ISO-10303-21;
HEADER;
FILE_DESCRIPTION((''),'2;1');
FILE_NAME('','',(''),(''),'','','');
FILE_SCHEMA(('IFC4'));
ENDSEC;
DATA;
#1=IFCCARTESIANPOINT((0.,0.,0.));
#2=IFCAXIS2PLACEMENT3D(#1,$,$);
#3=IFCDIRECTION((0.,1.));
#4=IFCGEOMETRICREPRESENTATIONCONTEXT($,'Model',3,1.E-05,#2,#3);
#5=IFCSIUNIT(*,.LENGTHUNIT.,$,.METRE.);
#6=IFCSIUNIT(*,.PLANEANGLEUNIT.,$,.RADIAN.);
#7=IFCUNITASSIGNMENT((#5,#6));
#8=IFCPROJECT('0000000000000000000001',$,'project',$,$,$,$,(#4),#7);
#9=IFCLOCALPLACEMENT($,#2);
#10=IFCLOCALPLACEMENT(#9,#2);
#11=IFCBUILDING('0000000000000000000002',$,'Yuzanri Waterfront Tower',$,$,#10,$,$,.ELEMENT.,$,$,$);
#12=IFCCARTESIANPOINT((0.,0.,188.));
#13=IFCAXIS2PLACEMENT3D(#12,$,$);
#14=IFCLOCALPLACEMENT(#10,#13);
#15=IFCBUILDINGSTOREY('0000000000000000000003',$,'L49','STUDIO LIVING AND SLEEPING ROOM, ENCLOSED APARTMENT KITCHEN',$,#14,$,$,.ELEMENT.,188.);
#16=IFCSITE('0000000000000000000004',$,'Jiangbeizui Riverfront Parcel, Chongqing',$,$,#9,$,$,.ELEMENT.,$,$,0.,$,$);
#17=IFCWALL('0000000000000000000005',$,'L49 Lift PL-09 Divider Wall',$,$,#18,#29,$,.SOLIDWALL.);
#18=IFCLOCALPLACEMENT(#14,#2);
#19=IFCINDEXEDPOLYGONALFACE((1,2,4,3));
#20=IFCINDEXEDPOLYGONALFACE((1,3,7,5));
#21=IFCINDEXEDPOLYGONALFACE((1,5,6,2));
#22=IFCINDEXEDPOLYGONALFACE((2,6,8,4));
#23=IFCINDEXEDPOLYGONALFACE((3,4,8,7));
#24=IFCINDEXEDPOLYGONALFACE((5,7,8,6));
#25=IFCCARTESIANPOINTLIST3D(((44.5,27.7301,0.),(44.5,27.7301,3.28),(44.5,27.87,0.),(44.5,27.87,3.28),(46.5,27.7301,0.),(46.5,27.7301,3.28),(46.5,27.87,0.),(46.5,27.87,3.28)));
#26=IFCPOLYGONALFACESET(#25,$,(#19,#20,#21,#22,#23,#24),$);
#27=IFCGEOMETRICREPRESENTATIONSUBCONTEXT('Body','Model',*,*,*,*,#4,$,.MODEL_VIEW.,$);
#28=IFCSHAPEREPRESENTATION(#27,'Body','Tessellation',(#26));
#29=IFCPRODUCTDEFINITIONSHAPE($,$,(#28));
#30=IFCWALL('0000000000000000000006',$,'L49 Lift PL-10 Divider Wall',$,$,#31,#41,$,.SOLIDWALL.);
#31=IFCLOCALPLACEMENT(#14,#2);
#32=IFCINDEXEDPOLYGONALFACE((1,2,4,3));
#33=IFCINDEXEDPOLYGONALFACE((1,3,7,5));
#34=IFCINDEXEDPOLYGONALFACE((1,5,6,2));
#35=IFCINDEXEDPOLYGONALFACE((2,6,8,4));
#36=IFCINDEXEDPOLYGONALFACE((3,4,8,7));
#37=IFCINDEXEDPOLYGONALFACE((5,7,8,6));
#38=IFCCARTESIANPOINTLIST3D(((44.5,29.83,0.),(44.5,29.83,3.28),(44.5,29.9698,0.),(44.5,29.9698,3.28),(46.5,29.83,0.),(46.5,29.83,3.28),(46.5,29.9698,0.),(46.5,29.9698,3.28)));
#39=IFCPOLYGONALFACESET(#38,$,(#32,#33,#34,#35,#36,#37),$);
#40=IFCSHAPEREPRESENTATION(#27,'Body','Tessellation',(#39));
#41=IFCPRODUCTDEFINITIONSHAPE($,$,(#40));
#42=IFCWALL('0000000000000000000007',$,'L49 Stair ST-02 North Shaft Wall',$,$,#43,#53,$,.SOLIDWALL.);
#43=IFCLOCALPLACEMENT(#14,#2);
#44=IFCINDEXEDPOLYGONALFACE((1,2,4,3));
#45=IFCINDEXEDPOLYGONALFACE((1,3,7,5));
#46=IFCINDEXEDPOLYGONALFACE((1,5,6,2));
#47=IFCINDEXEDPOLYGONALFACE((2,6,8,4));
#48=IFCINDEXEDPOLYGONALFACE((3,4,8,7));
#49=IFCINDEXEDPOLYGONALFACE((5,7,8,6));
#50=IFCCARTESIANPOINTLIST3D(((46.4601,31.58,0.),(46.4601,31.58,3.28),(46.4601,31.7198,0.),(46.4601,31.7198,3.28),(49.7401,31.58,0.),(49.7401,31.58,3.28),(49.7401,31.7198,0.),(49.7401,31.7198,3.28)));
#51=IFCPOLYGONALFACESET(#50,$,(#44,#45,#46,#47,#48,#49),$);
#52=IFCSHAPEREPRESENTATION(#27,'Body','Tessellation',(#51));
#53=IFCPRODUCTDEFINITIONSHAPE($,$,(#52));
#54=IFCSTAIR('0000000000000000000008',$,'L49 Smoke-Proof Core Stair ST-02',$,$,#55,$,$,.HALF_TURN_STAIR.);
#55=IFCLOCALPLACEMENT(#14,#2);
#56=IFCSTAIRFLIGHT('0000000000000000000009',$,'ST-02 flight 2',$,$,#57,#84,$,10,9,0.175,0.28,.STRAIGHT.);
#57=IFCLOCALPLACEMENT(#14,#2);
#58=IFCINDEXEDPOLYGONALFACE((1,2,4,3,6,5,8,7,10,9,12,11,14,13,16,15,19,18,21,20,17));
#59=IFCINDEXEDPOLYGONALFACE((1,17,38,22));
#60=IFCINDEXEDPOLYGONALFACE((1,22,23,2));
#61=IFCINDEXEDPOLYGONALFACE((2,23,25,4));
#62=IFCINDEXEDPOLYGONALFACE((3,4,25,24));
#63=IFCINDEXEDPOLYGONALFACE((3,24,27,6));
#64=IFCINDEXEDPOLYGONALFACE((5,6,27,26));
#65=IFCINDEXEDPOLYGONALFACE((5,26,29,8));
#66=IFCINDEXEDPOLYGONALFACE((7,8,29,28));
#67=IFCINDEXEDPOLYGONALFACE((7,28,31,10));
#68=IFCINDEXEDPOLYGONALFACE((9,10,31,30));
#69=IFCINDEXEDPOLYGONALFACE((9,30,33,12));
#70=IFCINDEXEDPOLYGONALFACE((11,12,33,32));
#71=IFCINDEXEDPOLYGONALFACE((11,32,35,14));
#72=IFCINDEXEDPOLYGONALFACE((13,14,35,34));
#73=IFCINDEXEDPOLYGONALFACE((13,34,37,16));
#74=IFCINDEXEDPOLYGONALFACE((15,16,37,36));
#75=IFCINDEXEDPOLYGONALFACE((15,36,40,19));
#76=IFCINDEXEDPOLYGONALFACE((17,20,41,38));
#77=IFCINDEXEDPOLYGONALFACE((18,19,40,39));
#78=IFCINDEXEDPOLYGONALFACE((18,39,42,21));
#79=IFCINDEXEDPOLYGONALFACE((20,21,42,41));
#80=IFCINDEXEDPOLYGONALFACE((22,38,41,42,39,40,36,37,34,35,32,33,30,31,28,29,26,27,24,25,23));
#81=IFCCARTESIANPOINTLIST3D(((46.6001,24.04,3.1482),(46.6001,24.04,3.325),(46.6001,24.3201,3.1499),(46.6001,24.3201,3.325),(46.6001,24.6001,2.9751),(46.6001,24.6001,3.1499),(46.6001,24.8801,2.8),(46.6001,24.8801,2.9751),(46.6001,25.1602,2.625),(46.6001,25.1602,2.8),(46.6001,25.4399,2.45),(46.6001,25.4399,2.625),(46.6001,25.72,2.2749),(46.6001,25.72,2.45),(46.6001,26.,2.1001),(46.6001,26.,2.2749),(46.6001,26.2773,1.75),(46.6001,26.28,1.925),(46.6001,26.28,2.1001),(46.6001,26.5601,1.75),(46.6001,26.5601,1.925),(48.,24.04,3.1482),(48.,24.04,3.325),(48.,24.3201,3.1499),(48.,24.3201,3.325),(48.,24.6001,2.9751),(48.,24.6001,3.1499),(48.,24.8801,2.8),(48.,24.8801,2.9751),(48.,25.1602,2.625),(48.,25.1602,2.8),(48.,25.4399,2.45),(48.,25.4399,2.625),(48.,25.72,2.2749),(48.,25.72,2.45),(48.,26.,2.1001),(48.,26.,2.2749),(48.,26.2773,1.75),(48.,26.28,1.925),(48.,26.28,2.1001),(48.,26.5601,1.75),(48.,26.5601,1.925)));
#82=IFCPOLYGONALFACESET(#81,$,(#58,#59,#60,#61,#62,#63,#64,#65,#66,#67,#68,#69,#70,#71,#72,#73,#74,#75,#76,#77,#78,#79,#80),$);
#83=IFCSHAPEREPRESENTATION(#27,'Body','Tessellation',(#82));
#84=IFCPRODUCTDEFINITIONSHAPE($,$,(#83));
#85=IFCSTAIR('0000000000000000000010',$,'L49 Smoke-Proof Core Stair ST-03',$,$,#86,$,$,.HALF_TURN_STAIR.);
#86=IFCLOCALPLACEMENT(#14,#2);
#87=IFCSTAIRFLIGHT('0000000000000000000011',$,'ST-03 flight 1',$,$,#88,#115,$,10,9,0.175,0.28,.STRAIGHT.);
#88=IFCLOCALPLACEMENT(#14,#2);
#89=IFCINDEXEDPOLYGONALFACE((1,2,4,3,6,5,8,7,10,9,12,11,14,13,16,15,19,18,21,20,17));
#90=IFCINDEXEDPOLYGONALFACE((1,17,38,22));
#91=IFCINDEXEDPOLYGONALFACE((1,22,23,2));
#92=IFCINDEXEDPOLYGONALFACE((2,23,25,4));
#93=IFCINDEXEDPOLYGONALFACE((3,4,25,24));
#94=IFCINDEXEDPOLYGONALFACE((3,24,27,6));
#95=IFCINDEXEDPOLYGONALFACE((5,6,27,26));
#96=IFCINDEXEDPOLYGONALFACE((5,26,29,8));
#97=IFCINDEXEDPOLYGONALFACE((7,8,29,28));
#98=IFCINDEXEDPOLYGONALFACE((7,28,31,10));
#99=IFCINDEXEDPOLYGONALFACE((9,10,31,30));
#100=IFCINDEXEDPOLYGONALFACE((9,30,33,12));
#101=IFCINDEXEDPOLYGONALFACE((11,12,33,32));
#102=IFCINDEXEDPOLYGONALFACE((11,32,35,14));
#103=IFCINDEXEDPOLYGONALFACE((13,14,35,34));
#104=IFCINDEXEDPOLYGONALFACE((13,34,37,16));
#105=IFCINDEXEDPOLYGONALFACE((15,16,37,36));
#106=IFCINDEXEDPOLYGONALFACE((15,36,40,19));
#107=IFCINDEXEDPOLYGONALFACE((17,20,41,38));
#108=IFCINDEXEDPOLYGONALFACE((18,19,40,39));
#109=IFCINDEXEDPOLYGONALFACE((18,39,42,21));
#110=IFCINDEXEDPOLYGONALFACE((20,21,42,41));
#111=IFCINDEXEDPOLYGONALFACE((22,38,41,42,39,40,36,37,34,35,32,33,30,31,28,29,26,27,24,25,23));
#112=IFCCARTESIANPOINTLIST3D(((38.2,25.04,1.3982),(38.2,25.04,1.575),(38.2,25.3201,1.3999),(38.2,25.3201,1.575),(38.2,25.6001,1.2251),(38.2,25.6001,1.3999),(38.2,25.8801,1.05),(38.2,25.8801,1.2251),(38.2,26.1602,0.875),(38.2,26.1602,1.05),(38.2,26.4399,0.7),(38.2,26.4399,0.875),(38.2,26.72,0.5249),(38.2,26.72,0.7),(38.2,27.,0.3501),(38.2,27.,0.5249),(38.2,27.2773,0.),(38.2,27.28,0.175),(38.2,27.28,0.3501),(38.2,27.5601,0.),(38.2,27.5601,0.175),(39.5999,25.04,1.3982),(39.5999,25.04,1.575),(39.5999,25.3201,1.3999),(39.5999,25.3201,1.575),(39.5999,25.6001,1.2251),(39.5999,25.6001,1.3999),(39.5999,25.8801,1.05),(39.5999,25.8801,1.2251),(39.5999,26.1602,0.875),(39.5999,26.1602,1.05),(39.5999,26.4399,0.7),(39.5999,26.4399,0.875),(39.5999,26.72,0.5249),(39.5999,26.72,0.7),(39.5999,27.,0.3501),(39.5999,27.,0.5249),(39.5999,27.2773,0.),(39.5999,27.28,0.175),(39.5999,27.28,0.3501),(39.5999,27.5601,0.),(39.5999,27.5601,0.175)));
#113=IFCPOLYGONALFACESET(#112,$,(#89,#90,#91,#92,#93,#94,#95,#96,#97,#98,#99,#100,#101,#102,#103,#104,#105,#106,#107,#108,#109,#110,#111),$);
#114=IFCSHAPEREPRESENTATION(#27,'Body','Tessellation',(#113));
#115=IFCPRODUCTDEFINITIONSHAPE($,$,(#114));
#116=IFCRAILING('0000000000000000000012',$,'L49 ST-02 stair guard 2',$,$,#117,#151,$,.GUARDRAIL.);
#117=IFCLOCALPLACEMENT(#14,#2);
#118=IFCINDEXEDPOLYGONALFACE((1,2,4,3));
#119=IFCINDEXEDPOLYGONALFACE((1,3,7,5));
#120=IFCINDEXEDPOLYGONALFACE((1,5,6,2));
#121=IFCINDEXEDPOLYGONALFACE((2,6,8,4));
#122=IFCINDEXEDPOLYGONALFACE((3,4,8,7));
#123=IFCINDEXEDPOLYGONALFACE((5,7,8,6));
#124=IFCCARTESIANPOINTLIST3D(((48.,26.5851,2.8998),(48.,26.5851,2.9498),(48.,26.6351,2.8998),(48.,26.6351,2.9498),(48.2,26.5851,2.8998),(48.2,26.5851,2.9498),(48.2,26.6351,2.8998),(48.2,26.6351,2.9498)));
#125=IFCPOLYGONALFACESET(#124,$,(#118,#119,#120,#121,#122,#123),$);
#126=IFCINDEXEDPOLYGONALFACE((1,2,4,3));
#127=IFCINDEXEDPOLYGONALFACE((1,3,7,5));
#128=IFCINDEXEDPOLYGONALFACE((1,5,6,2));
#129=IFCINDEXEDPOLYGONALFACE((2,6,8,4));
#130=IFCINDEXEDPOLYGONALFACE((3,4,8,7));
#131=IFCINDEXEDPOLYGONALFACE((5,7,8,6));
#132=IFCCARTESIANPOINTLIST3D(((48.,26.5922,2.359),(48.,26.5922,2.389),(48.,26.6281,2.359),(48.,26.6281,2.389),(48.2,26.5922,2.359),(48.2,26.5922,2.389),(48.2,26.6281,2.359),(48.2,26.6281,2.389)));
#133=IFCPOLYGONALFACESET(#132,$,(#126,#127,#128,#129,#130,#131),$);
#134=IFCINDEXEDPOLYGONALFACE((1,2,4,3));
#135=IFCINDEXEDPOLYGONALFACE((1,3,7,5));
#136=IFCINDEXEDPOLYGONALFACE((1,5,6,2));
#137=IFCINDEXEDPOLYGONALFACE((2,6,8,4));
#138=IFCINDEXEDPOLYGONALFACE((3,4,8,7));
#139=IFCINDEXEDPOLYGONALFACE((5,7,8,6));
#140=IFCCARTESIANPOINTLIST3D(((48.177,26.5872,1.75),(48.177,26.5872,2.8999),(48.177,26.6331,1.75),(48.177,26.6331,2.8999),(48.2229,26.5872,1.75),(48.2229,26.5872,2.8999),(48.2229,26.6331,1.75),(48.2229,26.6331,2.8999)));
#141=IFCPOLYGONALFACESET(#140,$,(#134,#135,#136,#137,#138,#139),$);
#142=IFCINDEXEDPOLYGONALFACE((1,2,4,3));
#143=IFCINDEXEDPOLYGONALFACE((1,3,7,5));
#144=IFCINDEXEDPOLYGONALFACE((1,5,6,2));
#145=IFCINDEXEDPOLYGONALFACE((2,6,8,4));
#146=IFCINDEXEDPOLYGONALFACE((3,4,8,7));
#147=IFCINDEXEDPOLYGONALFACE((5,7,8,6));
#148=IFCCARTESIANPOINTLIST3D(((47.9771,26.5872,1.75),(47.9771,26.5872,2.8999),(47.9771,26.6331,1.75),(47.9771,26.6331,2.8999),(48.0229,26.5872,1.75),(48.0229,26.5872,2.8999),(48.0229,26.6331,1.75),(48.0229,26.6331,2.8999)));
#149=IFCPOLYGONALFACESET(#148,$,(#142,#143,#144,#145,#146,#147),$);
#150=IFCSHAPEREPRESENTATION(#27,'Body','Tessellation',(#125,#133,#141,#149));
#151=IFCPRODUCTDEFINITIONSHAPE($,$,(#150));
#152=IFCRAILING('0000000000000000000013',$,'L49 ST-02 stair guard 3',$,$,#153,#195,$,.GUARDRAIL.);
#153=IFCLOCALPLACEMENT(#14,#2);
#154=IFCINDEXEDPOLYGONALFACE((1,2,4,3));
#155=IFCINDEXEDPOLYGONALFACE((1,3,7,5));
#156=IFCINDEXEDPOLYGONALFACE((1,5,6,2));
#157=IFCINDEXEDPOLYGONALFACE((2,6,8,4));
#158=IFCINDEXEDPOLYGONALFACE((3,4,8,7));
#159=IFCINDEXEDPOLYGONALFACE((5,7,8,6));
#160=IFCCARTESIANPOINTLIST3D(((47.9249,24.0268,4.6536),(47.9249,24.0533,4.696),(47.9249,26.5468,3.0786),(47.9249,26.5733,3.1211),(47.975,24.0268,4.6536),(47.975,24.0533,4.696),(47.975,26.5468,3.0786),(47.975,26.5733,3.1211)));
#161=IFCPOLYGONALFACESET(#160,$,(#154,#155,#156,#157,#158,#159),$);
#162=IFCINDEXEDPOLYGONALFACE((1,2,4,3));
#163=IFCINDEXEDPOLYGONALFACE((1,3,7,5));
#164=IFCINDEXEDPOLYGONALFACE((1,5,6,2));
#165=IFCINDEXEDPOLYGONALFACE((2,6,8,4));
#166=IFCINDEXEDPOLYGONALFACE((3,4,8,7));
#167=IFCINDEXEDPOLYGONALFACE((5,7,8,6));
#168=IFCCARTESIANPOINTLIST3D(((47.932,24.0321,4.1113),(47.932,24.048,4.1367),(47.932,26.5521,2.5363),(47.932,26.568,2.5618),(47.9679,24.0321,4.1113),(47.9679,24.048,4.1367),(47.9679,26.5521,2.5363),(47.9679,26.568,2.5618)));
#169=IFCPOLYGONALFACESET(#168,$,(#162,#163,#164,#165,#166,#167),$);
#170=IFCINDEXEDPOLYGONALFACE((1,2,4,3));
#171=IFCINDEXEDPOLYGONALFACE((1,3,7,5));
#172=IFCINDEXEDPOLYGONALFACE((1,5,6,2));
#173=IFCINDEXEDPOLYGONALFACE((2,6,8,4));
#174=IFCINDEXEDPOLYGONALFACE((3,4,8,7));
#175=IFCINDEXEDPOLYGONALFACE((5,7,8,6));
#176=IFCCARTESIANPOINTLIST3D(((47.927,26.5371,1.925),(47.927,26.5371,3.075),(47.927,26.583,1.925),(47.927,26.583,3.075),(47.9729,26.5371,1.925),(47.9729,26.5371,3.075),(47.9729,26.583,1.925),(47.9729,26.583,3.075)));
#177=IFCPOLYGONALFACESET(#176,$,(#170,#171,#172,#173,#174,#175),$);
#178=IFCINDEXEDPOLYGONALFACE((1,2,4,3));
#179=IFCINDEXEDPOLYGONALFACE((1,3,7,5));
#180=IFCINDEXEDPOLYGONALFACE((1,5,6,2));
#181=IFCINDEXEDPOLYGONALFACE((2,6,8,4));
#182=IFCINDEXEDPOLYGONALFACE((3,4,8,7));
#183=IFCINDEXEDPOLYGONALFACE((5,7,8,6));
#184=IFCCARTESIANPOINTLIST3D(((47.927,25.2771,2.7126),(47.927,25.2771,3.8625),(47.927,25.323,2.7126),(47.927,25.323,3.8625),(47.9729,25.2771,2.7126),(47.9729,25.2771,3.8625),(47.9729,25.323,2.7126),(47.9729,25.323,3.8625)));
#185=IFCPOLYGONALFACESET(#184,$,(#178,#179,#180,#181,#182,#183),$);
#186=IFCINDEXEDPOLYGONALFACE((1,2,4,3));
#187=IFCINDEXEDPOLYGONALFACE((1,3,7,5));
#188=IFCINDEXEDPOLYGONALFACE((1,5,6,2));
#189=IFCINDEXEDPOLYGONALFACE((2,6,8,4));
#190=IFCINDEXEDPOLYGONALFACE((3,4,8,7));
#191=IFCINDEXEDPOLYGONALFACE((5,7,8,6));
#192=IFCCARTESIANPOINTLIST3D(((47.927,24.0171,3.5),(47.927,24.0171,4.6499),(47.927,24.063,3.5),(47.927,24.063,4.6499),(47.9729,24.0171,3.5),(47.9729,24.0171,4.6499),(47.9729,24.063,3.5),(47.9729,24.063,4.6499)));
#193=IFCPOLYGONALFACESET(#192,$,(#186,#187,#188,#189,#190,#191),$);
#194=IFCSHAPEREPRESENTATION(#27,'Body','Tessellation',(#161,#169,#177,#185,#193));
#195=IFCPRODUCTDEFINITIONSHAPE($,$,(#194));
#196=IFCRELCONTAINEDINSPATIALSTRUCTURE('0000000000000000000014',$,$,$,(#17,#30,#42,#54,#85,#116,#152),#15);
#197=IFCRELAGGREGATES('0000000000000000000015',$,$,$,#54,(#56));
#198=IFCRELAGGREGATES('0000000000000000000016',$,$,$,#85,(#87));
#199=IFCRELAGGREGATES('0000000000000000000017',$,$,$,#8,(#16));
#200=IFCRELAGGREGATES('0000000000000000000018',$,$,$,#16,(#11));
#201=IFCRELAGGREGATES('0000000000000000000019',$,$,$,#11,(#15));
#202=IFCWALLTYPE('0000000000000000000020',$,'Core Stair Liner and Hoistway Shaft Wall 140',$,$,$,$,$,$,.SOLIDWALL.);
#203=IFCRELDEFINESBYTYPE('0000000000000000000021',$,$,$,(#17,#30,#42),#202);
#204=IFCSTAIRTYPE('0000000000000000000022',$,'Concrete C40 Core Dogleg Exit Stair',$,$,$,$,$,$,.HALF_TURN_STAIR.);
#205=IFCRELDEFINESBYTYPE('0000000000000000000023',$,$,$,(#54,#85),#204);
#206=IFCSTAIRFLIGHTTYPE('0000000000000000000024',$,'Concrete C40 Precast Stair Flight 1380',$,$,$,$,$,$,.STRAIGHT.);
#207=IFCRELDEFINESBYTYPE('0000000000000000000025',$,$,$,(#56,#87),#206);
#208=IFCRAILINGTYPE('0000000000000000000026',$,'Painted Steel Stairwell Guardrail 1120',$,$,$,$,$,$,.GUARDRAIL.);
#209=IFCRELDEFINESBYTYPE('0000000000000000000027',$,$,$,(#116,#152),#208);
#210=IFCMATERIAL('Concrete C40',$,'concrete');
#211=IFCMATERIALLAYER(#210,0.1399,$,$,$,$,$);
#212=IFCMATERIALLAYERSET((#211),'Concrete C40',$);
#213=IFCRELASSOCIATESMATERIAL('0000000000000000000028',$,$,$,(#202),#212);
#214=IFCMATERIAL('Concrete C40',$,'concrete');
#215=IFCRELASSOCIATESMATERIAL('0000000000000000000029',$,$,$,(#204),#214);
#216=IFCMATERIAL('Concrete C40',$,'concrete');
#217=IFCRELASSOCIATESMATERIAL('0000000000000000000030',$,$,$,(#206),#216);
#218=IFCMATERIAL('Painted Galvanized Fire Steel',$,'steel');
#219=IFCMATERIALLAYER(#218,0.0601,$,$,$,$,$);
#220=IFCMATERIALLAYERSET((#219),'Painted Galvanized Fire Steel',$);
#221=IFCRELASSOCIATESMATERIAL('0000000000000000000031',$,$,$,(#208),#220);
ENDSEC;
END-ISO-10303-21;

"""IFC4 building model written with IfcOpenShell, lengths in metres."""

from ifc_helpers import new_model, si_unit, direction, frame, frame_2d, origin, origin_2d, place, context, subcontext, project, spatial, polyline, rectangle, outline, extrude, source, transform, mapped, material, layer, layer_set, type_object, element, aggregate, save


model = new_model("IFC4")

# Units and contexts
model_context = context("Model", 3, precision=1e-05, world=origin(), true_north=direction((0.0, 1.0)))
body_context = subcontext(model_context, "Body", "Model", "MODEL_VIEW")
ifc_project = project(units=[si_unit("LENGTHUNIT", "METRE"), si_unit("PLANEANGLEUNIT", "RADIAN")], contexts=[model_context])

# Site, building, storey
site_placement = place(None, origin())
site = spatial("IfcSite", under=ifc_project, at=site_placement, Name="Jiangbeizui Riverfront Parcel, Chongqing", CompositionType="ELEMENT", RefElevation=0.0)
building_placement = place(site_placement, origin())
building = spatial("IfcBuilding", under=site, at=building_placement, Name="Yuzanri Waterfront Tower", CompositionType="ELEMENT")
storey_placement = place(building_placement, frame((0.0, 0.0, 188.0)))
storey = spatial("IfcBuildingStorey", under=building, at=storey_placement, Name="L49", Description="STUDIO LIVING AND SLEEPING ROOM, ENCLOSED APARTMENT KITCHEN", CompositionType="ELEMENT", Elevation=188.0)

# Shared definitions
ifc_material_1 = material(Name="Concrete C40", Category="concrete")
ifc_layer_1 = layer(ifc_material_1, 0.1399)
ifc_layer_set_1 = layer_set([ifc_layer_1], Name="Concrete C40")
wall_type = type_object("IfcWallType", Name="Core Stair Liner and Hoistway Shaft Wall 140", PredefinedType="SOLIDWALL", material=ifc_layer_set_1)

# Walls
shared_shape_1 = source(origin(), body_context, "Body", "SweptSolid", [
    extrude(rectangle(XDim=2.0, YDim=0.1399, at=frame_2d((1.0, 0.0))), origin(), (0.0, 0.0, 1.0), 3.28),
])
for number, where, z_axis, x_axis, name in (
    (1, (44.5, 27.8, 0.0), (0.0, 0.0, 1.0), (1.0, 0.0, 0.0), "L49 Lift PL-09 Divider Wall"),
    (2, (44.5, 29.8999, 0.0), (0.0, 0.0, 1.0), (1.0, 0.0, 0.0), "L49 Lift PL-10 Divider Wall"),
):
    element("IfcWall", number, at=place(storey_placement, frame(where, z_axis=z_axis, x_axis=x_axis)), inside=storey, type_object=wall_type, Name=name, PredefinedType="SOLIDWALL", context=body_context, shape_type="MappedRepresentation", body=[
        mapped(shared_shape_1, transform((0.0, 0.0, 0.0), scale=1.0)),
    ])
shared_shape_2 = source(origin(), body_context, "Body", "SweptSolid", [
    extrude(rectangle(XDim=3.28, YDim=0.1399, at=frame_2d((1.6401, 0.0))), origin(), (0.0, 0.0, 1.0), 3.28),
])
wall_1_placement = place(storey_placement, frame((46.46, 31.6499, 0.0), z_axis=(0.0, 0.0, 1.0), x_axis=(1.0, 0.0, 0.0)))
element("IfcWall", 3, at=wall_1_placement, inside=storey, type_object=wall_type, Name="L49 Stair ST-02 North Shaft Wall", PredefinedType="SOLIDWALL", context=body_context, shape_type="MappedRepresentation", body=[
    mapped(shared_shape_2, transform((0.0, 0.0, 0.0), scale=1.0)),
])

# Stairs, stair flights
ifc_material_2 = material(Name="Concrete C40", Category="concrete")
stair_type = type_object("IfcStairType", Name="Concrete C40 Core Dogleg Exit Stair", PredefinedType="HALF_TURN_STAIR", material=ifc_material_2)
stair_1_placement = place(storey_placement, origin())
stair_1 = element("IfcStair", 4, at=stair_1_placement, inside=storey, type_object=stair_type, Name="L49 Smoke-Proof Core Stair ST-02", PredefinedType="HALF_TURN_STAIR")
ifc_material_3 = material(Name="Concrete C40", Category="concrete")
stair_flight_type = type_object("IfcStairFlightType", Name="Concrete C40 Precast Stair Flight 1380", PredefinedType="STRAIGHT", material=ifc_material_3)
shared_shape_3 = source(origin(), body_context, "Body", "SweptSolid", [
    extrude(outline(polyline([(0.0, 0.0), (0.0, 0.175), (0.28, 0.175), (0.28, 0.3501), (0.5601, 0.3501), (0.5601, 0.5249), (0.8401, 0.5249), (0.8401, 0.7), (1.1201, 0.7), (1.1201, 0.875), (1.3999, 0.875), (1.3999, 1.05), (1.6799, 1.05), (1.6799, 1.2251), (1.96, 1.2251), (1.96, 1.3999), (2.24, 1.3999), (2.24, 1.575), (2.52, 1.575), (2.52, 1.75), (2.52, 1.3982), (0.2827, 0.0), (0.0, 0.0)])), frame((0.0, 0.7, 0.0), z_axis=(0.0, -1.0, 0.0), x_axis=(1.0, 0.0, 0.0)), (0.0, 0.0, 1.0), 1.3999),
])
stair_flight_1_placement = place(storey_placement, frame((47.3, 26.5601, 1.75), z_axis=(0.0, 0.0, 1.0), x_axis=(0.0, -1.0, 0.0)))
stair_flight_1 = element("IfcStairFlight", 5, at=stair_flight_1_placement, type_object=stair_flight_type, Name="ST-02 flight 2", NumberOfRisers=10, NumberOfTreads=9, PredefinedType="STRAIGHT", RiserHeight=0.175, TreadLength=0.28, context=body_context, shape_type="MappedRepresentation", body=[
    mapped(shared_shape_3, transform((0.0, 0.0, 0.0), scale=1.0)),
])
aggregate(stair_1, [stair_flight_1])
stair_2_placement = place(storey_placement, origin())
stair_2 = element("IfcStair", 6, at=stair_2_placement, inside=storey, type_object=stair_type, Name="L49 Smoke-Proof Core Stair ST-03", PredefinedType="HALF_TURN_STAIR")
stair_flight_2_placement = place(storey_placement, frame((38.8999, 27.5601, 0.0), z_axis=(0.0, 0.0, 1.0), x_axis=(0.0, -1.0, 0.0)))
stair_flight_2 = element("IfcStairFlight", 7, at=stair_flight_2_placement, type_object=stair_flight_type, Name="ST-03 flight 1", NumberOfRisers=10, NumberOfTreads=9, PredefinedType="STRAIGHT", RiserHeight=0.175, TreadLength=0.28, context=body_context, shape_type="MappedRepresentation", body=[
    mapped(shared_shape_3, transform((0.0, 0.0, 0.0), scale=1.0)),
])
aggregate(stair_2, [stair_flight_2])

# Railings
ifc_material_4 = material(Name="Painted Galvanized Fire Steel", Category="steel")
ifc_layer_2 = layer(ifc_material_4, 0.0601)
ifc_layer_set_2 = layer_set([ifc_layer_2], Name="Painted Galvanized Fire Steel")
railing_type_1 = type_object("IfcRailingType", Name="Painted Steel Stairwell Guardrail 1120", PredefinedType="GUARDRAIL", material=ifc_layer_set_2)
shared_shape_4 = source(origin(), body_context, "Body", "SweptSolid", [
    extrude(rectangle(XDim=0.05, YDim=0.05, at=origin_2d()), frame((0.0, 0.0, 1.1748), z_axis=(-1.0, 0.0, 0.0), x_axis=(0.0, -1.0, 0.0)), (0.0, 0.0, 1.0), 0.2),
    extrude(rectangle(XDim=0.0359, YDim=0.03, at=origin_2d()), frame((0.0, 0.0, 0.624), z_axis=(-1.0, 0.0, 0.0), x_axis=(0.0, -1.0, 0.0)), (0.0, 0.0, 1.0), 0.2),
    extrude(rectangle(XDim=0.0459, YDim=0.0459, at=origin_2d()), origin(), (0.0, 0.0, 1.0), 1.1499),
    extrude(rectangle(XDim=0.0459, YDim=0.0459, at=origin_2d()), frame((-0.2, 0.0, 0.0)), (0.0, 0.0, 1.0), 1.1499),
])
railing_1_placement = place(storey_placement, frame((48.2, 26.6101, 1.75)))
element("IfcRailing", 8, at=railing_1_placement, inside=storey, type_object=railing_type_1, Name="L49 ST-02 stair guard 2", PredefinedType="GUARDRAIL", context=body_context, shape_type="MappedRepresentation", body=[
    mapped(shared_shape_4, transform((0.0, 0.0, 0.0), scale=1.0)),
])
shared_shape_5 = source(origin(), body_context, "Body", "SweptSolid", [
    extrude(rectangle(XDim=0.05, YDim=0.05, at=origin_2d()), frame((0.0, 0.0, 1.1748), z_axis=(0.0, -0.848008, 0.529984), x_axis=(1.0, 0.0, 0.0)), (0.0, 0.0, 1.0), 2.9717),
    extrude(rectangle(XDim=0.0359, YDim=0.03, at=origin_2d()), frame((0.0, 0.0, 0.624), z_axis=(0.0, -0.848008, 0.529984), x_axis=(1.0, 0.0, 0.0)), (0.0, 0.0, 1.0), 2.9717),
    extrude(rectangle(XDim=0.0459, YDim=0.0459, at=origin_2d()), origin(), (0.0, 0.0, 1.0), 1.1499),
    extrude(rectangle(XDim=0.0459, YDim=0.0459, at=origin_2d()), frame((0.0, -1.26, 0.7876)), (0.0, 0.0, 1.0), 1.1499),
    extrude(rectangle(XDim=0.0459, YDim=0.0459, at=origin_2d()), frame((0.0, -2.52, 1.575)), (0.0, 0.0, 1.0), 1.1499),
])
for number, where, name in (
    (9, (47.95, 26.5601, 1.925), "L49 ST-02 stair guard 3"),
):
    element("IfcRailing", number, at=place(storey_placement, frame(where)), inside=storey, type_object=railing_type_1, Name=name, PredefinedType="GUARDRAIL", context=body_context, shape_type="MappedRepresentation", body=[
        mapped(shared_shape_5, transform((0.0, 0.0, 0.0), scale=1.0)),
    ])

save(model, "model.ifc")
